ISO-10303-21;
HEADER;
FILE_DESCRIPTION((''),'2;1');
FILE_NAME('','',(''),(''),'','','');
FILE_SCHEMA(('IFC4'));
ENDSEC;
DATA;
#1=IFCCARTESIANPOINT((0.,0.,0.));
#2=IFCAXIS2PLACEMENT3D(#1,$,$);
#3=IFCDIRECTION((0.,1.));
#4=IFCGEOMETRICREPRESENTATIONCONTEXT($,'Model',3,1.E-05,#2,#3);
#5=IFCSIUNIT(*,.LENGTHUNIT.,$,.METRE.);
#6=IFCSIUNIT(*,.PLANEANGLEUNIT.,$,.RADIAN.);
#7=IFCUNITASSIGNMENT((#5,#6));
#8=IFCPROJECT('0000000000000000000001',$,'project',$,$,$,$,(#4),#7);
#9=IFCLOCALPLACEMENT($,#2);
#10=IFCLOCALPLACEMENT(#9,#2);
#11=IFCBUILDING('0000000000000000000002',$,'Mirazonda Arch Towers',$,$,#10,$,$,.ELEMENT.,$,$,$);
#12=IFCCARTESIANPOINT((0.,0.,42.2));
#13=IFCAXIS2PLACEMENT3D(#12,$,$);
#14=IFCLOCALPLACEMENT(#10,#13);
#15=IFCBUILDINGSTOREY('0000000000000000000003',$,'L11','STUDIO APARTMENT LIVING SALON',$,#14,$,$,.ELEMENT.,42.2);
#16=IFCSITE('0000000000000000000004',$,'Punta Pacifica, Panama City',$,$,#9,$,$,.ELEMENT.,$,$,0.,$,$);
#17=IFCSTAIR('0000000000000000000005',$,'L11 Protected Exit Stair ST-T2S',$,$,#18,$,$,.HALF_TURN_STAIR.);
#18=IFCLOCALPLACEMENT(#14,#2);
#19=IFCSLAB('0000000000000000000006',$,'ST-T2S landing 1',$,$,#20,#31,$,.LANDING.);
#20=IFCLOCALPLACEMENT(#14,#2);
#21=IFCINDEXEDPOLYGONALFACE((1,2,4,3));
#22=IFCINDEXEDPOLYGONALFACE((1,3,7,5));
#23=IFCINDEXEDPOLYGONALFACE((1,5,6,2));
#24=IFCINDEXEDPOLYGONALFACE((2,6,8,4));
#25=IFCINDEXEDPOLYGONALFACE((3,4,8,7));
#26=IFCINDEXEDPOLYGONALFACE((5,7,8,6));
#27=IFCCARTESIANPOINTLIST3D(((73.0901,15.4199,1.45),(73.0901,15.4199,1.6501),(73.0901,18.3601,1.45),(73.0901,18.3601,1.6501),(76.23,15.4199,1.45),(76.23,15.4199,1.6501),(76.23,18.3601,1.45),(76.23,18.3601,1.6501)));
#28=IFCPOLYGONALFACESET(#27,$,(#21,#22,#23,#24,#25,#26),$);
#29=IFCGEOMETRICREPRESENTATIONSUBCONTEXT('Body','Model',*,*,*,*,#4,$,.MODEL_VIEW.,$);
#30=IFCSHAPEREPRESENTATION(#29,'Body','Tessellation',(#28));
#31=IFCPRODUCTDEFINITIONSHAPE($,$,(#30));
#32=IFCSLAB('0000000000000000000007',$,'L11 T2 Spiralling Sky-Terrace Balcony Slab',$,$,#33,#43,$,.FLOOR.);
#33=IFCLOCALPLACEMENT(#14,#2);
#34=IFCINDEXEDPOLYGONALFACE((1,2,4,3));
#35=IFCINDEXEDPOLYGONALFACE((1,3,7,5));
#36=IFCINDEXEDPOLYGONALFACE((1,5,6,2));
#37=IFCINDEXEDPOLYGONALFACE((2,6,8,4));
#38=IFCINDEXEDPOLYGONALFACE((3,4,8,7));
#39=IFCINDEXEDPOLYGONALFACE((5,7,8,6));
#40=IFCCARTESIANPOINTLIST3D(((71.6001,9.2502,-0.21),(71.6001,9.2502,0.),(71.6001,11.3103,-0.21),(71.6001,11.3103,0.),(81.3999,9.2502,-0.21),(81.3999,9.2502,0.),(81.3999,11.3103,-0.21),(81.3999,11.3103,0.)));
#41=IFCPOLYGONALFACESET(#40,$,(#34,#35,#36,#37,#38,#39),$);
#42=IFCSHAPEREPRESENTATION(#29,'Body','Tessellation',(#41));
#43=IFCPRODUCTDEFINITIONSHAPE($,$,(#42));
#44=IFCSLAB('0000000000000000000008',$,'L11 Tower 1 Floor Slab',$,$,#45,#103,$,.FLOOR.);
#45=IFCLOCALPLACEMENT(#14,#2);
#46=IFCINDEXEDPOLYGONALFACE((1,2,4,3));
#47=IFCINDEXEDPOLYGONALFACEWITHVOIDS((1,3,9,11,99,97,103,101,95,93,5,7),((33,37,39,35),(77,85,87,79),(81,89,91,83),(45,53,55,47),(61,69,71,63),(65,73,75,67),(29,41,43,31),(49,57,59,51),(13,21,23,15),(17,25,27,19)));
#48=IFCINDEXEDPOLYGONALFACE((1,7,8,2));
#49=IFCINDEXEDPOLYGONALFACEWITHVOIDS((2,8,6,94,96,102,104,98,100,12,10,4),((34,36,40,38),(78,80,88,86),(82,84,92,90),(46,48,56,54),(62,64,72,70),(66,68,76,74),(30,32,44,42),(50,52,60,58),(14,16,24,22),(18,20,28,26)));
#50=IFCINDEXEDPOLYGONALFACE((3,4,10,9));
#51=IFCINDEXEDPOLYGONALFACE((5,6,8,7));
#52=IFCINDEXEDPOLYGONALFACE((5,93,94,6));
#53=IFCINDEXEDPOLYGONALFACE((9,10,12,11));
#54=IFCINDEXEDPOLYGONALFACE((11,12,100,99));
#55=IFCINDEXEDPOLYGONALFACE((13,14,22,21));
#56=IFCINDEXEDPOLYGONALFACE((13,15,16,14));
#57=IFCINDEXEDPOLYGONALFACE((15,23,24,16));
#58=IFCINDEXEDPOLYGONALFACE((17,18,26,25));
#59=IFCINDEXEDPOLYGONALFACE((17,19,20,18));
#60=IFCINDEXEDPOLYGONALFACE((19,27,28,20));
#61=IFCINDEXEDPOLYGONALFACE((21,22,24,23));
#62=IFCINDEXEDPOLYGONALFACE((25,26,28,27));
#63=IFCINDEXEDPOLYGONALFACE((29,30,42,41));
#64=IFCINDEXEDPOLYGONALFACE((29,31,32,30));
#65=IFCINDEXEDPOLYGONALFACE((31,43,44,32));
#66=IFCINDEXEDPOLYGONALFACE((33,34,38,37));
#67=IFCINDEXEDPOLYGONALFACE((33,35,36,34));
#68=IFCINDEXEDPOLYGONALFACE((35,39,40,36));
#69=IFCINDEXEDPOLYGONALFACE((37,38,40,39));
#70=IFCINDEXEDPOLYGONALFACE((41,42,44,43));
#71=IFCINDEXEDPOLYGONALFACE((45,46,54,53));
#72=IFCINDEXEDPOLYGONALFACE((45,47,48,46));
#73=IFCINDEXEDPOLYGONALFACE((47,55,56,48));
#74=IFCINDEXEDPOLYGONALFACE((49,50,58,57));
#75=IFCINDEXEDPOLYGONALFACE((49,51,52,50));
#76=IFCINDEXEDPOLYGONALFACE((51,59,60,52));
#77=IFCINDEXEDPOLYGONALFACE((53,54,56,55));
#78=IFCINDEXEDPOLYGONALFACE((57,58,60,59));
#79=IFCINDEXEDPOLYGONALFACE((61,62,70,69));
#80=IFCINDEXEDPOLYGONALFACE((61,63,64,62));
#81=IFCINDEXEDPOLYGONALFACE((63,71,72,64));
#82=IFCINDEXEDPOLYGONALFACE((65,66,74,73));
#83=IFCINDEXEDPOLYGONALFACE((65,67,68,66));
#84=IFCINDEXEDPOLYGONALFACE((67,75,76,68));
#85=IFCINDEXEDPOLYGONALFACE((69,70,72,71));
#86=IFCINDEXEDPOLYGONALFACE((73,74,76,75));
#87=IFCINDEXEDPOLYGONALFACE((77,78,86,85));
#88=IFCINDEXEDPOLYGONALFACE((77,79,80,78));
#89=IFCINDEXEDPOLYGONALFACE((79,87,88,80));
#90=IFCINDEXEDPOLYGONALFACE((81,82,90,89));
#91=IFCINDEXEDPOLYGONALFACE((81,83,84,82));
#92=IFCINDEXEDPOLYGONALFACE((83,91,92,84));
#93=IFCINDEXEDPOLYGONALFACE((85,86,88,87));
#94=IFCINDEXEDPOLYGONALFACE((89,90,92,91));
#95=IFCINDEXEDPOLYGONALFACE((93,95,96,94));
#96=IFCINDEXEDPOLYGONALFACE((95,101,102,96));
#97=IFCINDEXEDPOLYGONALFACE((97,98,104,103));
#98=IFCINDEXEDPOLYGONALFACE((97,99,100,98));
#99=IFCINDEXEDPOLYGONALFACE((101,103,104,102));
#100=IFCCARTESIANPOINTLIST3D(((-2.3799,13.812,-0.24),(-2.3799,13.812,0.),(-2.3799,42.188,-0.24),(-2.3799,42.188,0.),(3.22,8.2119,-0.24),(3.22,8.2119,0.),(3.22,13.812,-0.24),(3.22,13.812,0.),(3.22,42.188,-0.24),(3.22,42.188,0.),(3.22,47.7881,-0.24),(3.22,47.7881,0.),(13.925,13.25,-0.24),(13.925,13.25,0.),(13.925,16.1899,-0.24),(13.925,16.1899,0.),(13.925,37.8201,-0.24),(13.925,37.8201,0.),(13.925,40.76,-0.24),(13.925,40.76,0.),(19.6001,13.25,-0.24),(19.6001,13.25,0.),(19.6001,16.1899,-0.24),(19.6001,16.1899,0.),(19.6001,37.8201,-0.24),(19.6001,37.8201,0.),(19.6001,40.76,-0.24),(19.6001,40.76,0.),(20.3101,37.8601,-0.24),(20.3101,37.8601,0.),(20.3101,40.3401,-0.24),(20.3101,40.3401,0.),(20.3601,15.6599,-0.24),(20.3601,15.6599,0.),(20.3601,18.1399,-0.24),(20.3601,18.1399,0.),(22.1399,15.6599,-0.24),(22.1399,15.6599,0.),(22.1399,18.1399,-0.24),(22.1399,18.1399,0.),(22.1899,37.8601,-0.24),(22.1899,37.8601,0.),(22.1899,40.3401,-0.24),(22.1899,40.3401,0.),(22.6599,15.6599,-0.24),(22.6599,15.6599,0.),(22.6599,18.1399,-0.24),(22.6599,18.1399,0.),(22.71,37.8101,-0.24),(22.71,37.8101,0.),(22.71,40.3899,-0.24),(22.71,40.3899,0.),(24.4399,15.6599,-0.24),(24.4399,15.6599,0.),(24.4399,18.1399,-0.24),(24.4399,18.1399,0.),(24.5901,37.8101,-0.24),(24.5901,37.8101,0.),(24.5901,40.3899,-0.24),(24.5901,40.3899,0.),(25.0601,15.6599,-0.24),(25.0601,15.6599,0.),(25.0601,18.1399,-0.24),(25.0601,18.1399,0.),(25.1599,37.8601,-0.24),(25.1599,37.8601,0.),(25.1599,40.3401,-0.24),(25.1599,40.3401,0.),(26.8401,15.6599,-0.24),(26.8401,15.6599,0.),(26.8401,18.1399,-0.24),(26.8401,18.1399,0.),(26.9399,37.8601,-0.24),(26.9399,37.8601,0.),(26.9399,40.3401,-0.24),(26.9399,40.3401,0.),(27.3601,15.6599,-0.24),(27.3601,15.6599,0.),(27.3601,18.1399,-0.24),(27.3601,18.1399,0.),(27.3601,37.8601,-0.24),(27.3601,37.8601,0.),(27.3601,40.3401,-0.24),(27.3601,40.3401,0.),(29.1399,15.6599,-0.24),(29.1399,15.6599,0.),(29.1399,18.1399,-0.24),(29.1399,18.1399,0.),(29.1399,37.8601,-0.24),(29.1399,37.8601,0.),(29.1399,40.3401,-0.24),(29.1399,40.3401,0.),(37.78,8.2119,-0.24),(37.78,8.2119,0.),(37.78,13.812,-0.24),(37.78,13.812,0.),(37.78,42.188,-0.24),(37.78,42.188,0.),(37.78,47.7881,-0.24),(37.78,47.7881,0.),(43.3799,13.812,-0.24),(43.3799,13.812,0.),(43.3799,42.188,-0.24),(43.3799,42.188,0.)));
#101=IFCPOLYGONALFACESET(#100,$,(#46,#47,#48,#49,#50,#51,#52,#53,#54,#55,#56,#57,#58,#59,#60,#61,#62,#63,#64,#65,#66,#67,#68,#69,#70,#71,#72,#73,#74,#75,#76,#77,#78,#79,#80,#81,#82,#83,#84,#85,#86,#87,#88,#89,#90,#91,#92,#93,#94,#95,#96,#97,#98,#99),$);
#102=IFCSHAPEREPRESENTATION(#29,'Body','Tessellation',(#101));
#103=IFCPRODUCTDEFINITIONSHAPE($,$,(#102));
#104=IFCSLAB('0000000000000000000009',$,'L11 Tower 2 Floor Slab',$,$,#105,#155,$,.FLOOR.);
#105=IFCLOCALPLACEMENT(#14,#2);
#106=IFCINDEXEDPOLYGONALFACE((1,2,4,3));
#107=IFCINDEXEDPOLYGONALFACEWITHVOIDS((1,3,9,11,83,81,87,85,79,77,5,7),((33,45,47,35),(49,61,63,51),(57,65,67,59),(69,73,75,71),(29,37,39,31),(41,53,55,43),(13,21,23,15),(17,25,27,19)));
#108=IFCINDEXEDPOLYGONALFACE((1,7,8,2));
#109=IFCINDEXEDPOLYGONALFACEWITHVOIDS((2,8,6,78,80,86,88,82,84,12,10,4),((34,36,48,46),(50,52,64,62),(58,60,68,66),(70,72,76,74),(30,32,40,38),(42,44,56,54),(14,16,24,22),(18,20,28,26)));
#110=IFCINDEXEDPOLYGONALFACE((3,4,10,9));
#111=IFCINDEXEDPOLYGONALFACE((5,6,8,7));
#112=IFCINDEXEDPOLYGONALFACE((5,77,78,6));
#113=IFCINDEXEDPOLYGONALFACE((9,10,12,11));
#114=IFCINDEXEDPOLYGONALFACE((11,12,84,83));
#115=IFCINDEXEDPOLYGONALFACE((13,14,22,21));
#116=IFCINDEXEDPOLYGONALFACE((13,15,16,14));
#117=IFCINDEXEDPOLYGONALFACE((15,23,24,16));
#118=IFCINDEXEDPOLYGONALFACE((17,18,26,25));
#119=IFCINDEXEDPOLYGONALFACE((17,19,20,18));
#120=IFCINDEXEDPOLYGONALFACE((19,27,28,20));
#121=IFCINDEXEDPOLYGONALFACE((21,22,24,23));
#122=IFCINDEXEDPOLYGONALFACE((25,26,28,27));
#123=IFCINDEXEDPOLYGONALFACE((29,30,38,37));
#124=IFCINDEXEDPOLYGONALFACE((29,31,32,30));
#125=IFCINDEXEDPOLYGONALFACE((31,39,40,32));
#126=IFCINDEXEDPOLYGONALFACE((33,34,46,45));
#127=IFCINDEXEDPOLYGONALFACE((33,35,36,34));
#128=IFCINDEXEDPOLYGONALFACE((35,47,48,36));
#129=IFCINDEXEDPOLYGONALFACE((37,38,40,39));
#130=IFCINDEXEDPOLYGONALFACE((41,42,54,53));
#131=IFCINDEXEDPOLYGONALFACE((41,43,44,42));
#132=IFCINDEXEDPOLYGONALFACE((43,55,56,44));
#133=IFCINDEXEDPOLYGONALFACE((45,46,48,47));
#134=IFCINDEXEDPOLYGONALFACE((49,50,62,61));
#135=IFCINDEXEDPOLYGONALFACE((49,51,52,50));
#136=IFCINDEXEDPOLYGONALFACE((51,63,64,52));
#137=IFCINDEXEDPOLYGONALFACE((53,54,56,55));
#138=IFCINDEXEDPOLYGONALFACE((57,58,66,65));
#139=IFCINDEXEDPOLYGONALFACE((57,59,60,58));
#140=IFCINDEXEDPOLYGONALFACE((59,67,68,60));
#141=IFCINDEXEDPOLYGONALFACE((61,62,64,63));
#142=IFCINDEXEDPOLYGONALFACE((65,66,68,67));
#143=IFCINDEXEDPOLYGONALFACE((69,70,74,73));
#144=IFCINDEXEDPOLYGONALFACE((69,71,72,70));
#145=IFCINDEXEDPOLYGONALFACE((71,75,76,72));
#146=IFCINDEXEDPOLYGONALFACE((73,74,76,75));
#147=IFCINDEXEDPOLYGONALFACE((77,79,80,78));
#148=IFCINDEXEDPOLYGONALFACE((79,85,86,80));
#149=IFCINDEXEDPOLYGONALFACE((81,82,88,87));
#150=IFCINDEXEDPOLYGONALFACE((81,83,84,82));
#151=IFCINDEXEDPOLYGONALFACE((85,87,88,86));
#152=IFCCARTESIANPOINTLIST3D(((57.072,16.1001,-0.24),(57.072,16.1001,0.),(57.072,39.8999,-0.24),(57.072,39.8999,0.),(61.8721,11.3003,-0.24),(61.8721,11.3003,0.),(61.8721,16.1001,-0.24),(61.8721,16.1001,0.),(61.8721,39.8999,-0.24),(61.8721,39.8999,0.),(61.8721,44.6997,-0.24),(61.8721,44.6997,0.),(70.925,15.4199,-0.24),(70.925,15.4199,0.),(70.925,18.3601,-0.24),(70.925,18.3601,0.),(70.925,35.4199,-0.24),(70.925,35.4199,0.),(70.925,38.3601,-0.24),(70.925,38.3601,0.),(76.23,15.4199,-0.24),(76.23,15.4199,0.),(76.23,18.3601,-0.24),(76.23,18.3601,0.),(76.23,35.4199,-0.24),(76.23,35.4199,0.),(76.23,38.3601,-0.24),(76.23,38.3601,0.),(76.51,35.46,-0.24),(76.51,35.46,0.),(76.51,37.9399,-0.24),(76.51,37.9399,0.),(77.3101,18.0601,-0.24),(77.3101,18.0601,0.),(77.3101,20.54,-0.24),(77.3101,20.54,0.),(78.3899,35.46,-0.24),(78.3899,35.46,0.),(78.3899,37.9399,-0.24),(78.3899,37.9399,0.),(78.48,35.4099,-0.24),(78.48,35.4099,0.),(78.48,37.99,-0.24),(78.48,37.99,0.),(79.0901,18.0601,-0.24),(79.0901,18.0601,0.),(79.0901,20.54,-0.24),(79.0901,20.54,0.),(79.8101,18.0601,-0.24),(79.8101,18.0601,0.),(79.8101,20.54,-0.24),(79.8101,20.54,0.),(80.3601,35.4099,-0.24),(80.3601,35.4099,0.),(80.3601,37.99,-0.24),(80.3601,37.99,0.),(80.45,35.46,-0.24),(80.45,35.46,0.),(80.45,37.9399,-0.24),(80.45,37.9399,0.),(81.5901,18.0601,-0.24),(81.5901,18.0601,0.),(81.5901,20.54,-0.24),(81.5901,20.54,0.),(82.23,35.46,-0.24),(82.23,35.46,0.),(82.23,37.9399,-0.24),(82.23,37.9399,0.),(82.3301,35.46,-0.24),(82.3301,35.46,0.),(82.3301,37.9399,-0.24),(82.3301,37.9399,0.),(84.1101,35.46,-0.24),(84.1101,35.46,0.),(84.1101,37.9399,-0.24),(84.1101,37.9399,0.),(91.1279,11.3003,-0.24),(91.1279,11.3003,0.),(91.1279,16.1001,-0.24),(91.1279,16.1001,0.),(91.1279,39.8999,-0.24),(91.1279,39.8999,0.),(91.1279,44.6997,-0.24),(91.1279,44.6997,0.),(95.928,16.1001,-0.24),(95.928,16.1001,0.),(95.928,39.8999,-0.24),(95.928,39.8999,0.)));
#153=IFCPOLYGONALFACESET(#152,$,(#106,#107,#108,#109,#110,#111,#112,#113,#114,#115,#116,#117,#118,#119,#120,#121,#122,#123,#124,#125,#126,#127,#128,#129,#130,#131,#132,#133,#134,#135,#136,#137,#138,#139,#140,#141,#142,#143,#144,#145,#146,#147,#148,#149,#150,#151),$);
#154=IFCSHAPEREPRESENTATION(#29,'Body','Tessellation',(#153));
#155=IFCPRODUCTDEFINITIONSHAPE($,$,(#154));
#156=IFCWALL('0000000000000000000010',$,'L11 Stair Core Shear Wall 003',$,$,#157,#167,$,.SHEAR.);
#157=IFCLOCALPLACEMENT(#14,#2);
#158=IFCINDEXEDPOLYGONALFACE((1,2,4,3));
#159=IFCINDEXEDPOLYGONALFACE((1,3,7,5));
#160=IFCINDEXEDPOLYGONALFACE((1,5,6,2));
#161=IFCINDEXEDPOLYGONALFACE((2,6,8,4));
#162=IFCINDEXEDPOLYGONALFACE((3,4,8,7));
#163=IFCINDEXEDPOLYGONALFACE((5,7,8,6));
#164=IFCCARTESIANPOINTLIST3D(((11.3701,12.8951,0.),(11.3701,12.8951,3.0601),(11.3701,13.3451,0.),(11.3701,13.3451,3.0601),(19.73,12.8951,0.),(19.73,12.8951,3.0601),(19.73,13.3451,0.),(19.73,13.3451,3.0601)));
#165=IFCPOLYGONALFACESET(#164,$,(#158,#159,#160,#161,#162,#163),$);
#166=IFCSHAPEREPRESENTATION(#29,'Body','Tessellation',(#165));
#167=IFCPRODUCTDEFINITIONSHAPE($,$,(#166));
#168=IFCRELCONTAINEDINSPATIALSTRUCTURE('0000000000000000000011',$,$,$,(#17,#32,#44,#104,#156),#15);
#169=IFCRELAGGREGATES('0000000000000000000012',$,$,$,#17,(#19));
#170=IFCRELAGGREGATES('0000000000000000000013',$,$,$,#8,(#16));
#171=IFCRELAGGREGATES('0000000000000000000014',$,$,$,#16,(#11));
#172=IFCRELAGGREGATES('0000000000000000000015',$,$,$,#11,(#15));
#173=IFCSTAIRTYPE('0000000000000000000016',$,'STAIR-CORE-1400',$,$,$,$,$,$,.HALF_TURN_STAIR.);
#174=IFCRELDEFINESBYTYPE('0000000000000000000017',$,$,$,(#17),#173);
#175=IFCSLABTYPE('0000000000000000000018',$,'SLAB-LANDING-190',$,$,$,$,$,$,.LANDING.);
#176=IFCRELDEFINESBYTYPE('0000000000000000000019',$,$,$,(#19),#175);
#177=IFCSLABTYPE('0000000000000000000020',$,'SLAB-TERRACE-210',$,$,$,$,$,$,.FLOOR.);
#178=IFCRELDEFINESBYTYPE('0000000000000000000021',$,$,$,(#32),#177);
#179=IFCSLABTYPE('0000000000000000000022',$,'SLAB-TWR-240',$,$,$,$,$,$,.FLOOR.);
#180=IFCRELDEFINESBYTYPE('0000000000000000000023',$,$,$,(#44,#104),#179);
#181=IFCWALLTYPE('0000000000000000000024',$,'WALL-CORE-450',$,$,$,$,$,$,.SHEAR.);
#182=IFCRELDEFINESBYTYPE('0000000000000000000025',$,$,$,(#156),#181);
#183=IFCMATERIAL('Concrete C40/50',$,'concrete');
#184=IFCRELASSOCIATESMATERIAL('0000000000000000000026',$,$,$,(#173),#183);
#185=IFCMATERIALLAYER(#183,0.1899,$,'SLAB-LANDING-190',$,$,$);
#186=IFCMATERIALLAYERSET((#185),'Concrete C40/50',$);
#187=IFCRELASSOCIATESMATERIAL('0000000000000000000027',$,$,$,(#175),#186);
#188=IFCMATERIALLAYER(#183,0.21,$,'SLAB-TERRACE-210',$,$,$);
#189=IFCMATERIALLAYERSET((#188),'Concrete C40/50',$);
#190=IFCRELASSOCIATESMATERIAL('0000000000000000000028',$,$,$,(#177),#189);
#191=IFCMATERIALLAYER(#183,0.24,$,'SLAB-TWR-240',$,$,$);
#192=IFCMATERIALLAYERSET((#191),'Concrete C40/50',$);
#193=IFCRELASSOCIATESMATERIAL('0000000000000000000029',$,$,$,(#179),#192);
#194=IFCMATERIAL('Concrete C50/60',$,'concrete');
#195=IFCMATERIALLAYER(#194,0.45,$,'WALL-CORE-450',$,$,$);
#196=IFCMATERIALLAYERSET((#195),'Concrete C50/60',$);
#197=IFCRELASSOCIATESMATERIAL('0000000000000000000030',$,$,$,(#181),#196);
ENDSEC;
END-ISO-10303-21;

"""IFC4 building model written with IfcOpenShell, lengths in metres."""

from ifc_helpers import new_model, si_unit, direction, frame, frame_2d, origin, place, context, subcontext, project, spatial, polyline, rectangle, outline, extrude, material, layer, layer_set, type_object, element, aggregate, save


model = new_model("IFC4")

# Units and contexts
model_context = context("Model", 3, precision=1e-05, world=origin(), true_north=direction((0.0, 1.0)))
body_context = subcontext(model_context, "Body", "Model", "MODEL_VIEW")
ifc_project = project(units=[si_unit("LENGTHUNIT", "METRE"), si_unit("PLANEANGLEUNIT", "RADIAN")], contexts=[model_context])

# Site, building, storey
site_placement = place(None, origin())
site = spatial("IfcSite", under=ifc_project, at=site_placement, Name="Punta Pacifica, Panama City", CompositionType="ELEMENT", RefElevation=0.0)
building_placement = place(site_placement, origin())
building = spatial("IfcBuilding", under=site, at=building_placement, Name="Mirazonda Arch Towers", CompositionType="ELEMENT")
storey_placement = place(building_placement, frame((0.0, 0.0, 42.2)))
storey = spatial("IfcBuildingStorey", under=building, at=storey_placement, Name="L11", Description="STUDIO APARTMENT LIVING SALON", CompositionType="ELEMENT", Elevation=42.2)

# Stair, slab
ifc_material_1 = material(Name="Concrete C40/50", Category="concrete")
stair_type = type_object("IfcStairType", Name="STAIR-CORE-1400", PredefinedType="HALF_TURN_STAIR", material=ifc_material_1)
ifc_layer_1 = layer(ifc_material_1, 0.1899, Name="SLAB-LANDING-190")
ifc_layer_set_1 = layer_set([ifc_layer_1], Name="Concrete C40/50")
slab_type_1 = type_object("IfcSlabType", Name="SLAB-LANDING-190", PredefinedType="LANDING", material=ifc_layer_set_1)
stair_1_placement = place(storey_placement, origin())
stair_1 = element("IfcStair", 1, at=stair_1_placement, inside=storey, type_object=stair_type, Name="L11 Protected Exit Stair ST-T2S", PredefinedType="HALF_TURN_STAIR")
slab_1_placement = place(storey_placement, frame((0.0, 0.0, 1.45)))
slab_1 = element("IfcSlab", 2, at=slab_1_placement, type_object=slab_type_1, Name="ST-T2S landing 1", PredefinedType="LANDING", context=body_context, shape_type="SweptSolid", body=[
    extrude(outline(polyline([(73.0901, 15.4199), (76.23, 15.4199), (76.23, 18.3601), (73.0901, 18.3601), (73.0901, 15.4199)])), origin(), (0.0, 0.0, 1.0), 0.2002),
])
aggregate(stair_1, [slab_1])

# Slabs
ifc_layer_2 = layer(ifc_material_1, 0.21, Name="SLAB-TERRACE-210")
ifc_layer_set_2 = layer_set([ifc_layer_2], Name="Concrete C40/50")
slab_type_2 = type_object("IfcSlabType", Name="SLAB-TERRACE-210", PredefinedType="FLOOR", material=ifc_layer_set_2)
slab_2_placement = place(storey_placement, frame((0.0, 0.0, -0.21)))
element("IfcSlab", 3, at=slab_2_placement, inside=storey, type_object=slab_type_2, Name="L11 T2 Spiralling Sky-Terrace Balcony Slab", PredefinedType="FLOOR", context=body_context, shape_type="SweptSolid", body=[
    extrude(outline(polyline([(71.6001, 9.2502), (81.3999, 9.2502), (81.3999, 11.3103), (71.6001, 11.3103), (71.6001, 9.2502)])), origin(), (0.0, 0.0, 1.0), 0.21),
])
ifc_layer_3 = layer(ifc_material_1, 0.24, Name="SLAB-TWR-240")
ifc_layer_set_3 = layer_set([ifc_layer_3], Name="Concrete C40/50")
slab_type_3 = type_object("IfcSlabType", Name="SLAB-TWR-240", PredefinedType="FLOOR", material=ifc_layer_set_3)
slab_3_placement = place(storey_placement, frame((0.0, 0.0, -0.24)))
element("IfcSlab", 4, at=slab_3_placement, inside=storey, type_object=slab_type_3, Name="L11 Tower 1 Floor Slab", PredefinedType="FLOOR", context=body_context, shape_type="SweptSolid", body=[
    extrude(outline(polyline([(3.22, 8.2119), (37.78, 8.2119), (37.78, 13.812), (43.3799, 13.812), (43.3799, 42.188), (37.78, 42.188), (37.78, 47.7881), (3.22, 47.7881), (3.22, 42.188), (-2.3799, 42.188), (-2.3799, 13.812), (3.22, 13.812), (3.22, 8.2119)]), holes=[polyline([(29.1399, 18.1399), (29.1399, 15.6599), (27.3601, 15.6599), (27.3601, 18.1399), (29.1399, 18.1399)]), polyline([(29.1399, 40.3401), (29.1399, 37.8601), (27.3601, 37.8601), (27.3601, 40.3401), (29.1399, 40.3401)]), polyline([(25.1599, 40.3401), (26.9399, 40.3401), (26.9399, 37.8601), (25.1599, 37.8601), (25.1599, 40.3401)]), polyline([(26.8401, 18.1399), (26.8401, 15.6599), (25.0601, 15.6599), (25.0601, 18.1399), (26.8401, 18.1399)]), polyline([(22.71, 40.3899), (24.5901, 40.3899), (24.5901, 37.8101), (22.71, 37.8101), (22.71, 40.3899)]), polyline([(22.6599, 18.1399), (24.4399, 18.1399), (24.4399, 15.6599), (22.6599, 15.6599), (22.6599, 18.1399)]), polyline([(20.3101, 40.3401), (22.1899, 40.3401), (22.1899, 37.8601), (20.3101, 37.8601), (20.3101, 40.3401)]), polyline([(20.3601, 18.1399), (22.1399, 18.1399), (22.1399, 15.6599), (20.3601, 15.6599), (20.3601, 18.1399)]), polyline([(13.925, 40.76), (19.6001, 40.76), (19.6001, 37.8201), (13.925, 37.8201), (13.925, 40.76)]), polyline([(13.925, 13.25), (13.925, 16.1899), (19.6001, 16.1899), (19.6001, 13.25), (13.925, 13.25)])]), origin(), (0.0, 0.0, 1.0), 0.24),
])
slab_4_placement = place(storey_placement, frame((0.0, 0.0, -0.24)))
element("IfcSlab", 5, at=slab_4_placement, inside=storey, type_object=slab_type_3, Name="L11 Tower 2 Floor Slab", PredefinedType="FLOOR", context=body_context, shape_type="SweptSolid", body=[
    extrude(outline(polyline([(61.8721, 11.3003), (91.1279, 11.3003), (91.1279, 16.1001), (95.928, 16.1001), (95.928, 39.8999), (91.1279, 39.8999), (91.1279, 44.6997), (61.8721, 44.6997), (61.8721, 39.8999), (57.072, 39.8999), (57.072, 16.1001), (61.8721, 16.1001), (61.8721, 11.3003)]), holes=[polyline([(82.3301, 37.9399), (84.1101, 37.9399), (84.1101, 35.46), (82.3301, 35.46), (82.3301, 37.9399)]), polyline([(80.45, 37.9399), (82.23, 37.9399), (82.23, 35.46), (80.45, 35.46), (80.45, 37.9399)]), polyline([(79.8101, 20.54), (81.5901, 20.54), (81.5901, 18.0601), (79.8101, 18.0601), (79.8101, 20.54)]), polyline([(78.48, 37.99), (80.3601, 37.99), (80.3601, 35.4099), (78.48, 35.4099), (78.48, 37.99)]), polyline([(77.3101, 20.54), (79.0901, 20.54), (79.0901, 18.0601), (77.3101, 18.0601), (77.3101, 20.54)]), polyline([(76.51, 37.9399), (78.3899, 37.9399), (78.3899, 35.46), (76.51, 35.46), (76.51, 37.9399)]), polyline([(70.925, 15.4199), (70.925, 18.3601), (76.23, 18.3601), (76.23, 15.4199), (70.925, 15.4199)]), polyline([(70.925, 35.4199), (70.925, 38.3601), (76.23, 38.3601), (76.23, 35.4199), (70.925, 35.4199)])]), origin(), (0.0, 0.0, 1.0), 0.24),
])

# Wall
ifc_material_2 = material(Name="Concrete C50/60", Category="concrete")
ifc_layer_4 = layer(ifc_material_2, 0.45, Name="WALL-CORE-450")
ifc_layer_set_4 = layer_set([ifc_layer_4], Name="Concrete C50/60")
wall_type_1 = type_object("IfcWallType", Name="WALL-CORE-450", PredefinedType="SHEAR", material=ifc_layer_set_4)
wall_1_placement = place(storey_placement, frame((11.3701, 13.1201, 0.0), z_axis=(0.0, 0.0, 1.0), x_axis=(1.0, 0.0, 0.0)))
element("IfcWall", 6, at=wall_1_placement, inside=storey, type_object=wall_type_1, Name="L11 Stair Core Shear Wall 003", PredefinedType="SHEAR", context=body_context, shape_type="SweptSolid", body=[
    extrude(rectangle(XDim=8.3599, YDim=0.45, at=frame_2d((4.1799, 0.0))), origin(), (0.0, 0.0, 1.0), 3.0601),
])

save(model, "model.ifc")
